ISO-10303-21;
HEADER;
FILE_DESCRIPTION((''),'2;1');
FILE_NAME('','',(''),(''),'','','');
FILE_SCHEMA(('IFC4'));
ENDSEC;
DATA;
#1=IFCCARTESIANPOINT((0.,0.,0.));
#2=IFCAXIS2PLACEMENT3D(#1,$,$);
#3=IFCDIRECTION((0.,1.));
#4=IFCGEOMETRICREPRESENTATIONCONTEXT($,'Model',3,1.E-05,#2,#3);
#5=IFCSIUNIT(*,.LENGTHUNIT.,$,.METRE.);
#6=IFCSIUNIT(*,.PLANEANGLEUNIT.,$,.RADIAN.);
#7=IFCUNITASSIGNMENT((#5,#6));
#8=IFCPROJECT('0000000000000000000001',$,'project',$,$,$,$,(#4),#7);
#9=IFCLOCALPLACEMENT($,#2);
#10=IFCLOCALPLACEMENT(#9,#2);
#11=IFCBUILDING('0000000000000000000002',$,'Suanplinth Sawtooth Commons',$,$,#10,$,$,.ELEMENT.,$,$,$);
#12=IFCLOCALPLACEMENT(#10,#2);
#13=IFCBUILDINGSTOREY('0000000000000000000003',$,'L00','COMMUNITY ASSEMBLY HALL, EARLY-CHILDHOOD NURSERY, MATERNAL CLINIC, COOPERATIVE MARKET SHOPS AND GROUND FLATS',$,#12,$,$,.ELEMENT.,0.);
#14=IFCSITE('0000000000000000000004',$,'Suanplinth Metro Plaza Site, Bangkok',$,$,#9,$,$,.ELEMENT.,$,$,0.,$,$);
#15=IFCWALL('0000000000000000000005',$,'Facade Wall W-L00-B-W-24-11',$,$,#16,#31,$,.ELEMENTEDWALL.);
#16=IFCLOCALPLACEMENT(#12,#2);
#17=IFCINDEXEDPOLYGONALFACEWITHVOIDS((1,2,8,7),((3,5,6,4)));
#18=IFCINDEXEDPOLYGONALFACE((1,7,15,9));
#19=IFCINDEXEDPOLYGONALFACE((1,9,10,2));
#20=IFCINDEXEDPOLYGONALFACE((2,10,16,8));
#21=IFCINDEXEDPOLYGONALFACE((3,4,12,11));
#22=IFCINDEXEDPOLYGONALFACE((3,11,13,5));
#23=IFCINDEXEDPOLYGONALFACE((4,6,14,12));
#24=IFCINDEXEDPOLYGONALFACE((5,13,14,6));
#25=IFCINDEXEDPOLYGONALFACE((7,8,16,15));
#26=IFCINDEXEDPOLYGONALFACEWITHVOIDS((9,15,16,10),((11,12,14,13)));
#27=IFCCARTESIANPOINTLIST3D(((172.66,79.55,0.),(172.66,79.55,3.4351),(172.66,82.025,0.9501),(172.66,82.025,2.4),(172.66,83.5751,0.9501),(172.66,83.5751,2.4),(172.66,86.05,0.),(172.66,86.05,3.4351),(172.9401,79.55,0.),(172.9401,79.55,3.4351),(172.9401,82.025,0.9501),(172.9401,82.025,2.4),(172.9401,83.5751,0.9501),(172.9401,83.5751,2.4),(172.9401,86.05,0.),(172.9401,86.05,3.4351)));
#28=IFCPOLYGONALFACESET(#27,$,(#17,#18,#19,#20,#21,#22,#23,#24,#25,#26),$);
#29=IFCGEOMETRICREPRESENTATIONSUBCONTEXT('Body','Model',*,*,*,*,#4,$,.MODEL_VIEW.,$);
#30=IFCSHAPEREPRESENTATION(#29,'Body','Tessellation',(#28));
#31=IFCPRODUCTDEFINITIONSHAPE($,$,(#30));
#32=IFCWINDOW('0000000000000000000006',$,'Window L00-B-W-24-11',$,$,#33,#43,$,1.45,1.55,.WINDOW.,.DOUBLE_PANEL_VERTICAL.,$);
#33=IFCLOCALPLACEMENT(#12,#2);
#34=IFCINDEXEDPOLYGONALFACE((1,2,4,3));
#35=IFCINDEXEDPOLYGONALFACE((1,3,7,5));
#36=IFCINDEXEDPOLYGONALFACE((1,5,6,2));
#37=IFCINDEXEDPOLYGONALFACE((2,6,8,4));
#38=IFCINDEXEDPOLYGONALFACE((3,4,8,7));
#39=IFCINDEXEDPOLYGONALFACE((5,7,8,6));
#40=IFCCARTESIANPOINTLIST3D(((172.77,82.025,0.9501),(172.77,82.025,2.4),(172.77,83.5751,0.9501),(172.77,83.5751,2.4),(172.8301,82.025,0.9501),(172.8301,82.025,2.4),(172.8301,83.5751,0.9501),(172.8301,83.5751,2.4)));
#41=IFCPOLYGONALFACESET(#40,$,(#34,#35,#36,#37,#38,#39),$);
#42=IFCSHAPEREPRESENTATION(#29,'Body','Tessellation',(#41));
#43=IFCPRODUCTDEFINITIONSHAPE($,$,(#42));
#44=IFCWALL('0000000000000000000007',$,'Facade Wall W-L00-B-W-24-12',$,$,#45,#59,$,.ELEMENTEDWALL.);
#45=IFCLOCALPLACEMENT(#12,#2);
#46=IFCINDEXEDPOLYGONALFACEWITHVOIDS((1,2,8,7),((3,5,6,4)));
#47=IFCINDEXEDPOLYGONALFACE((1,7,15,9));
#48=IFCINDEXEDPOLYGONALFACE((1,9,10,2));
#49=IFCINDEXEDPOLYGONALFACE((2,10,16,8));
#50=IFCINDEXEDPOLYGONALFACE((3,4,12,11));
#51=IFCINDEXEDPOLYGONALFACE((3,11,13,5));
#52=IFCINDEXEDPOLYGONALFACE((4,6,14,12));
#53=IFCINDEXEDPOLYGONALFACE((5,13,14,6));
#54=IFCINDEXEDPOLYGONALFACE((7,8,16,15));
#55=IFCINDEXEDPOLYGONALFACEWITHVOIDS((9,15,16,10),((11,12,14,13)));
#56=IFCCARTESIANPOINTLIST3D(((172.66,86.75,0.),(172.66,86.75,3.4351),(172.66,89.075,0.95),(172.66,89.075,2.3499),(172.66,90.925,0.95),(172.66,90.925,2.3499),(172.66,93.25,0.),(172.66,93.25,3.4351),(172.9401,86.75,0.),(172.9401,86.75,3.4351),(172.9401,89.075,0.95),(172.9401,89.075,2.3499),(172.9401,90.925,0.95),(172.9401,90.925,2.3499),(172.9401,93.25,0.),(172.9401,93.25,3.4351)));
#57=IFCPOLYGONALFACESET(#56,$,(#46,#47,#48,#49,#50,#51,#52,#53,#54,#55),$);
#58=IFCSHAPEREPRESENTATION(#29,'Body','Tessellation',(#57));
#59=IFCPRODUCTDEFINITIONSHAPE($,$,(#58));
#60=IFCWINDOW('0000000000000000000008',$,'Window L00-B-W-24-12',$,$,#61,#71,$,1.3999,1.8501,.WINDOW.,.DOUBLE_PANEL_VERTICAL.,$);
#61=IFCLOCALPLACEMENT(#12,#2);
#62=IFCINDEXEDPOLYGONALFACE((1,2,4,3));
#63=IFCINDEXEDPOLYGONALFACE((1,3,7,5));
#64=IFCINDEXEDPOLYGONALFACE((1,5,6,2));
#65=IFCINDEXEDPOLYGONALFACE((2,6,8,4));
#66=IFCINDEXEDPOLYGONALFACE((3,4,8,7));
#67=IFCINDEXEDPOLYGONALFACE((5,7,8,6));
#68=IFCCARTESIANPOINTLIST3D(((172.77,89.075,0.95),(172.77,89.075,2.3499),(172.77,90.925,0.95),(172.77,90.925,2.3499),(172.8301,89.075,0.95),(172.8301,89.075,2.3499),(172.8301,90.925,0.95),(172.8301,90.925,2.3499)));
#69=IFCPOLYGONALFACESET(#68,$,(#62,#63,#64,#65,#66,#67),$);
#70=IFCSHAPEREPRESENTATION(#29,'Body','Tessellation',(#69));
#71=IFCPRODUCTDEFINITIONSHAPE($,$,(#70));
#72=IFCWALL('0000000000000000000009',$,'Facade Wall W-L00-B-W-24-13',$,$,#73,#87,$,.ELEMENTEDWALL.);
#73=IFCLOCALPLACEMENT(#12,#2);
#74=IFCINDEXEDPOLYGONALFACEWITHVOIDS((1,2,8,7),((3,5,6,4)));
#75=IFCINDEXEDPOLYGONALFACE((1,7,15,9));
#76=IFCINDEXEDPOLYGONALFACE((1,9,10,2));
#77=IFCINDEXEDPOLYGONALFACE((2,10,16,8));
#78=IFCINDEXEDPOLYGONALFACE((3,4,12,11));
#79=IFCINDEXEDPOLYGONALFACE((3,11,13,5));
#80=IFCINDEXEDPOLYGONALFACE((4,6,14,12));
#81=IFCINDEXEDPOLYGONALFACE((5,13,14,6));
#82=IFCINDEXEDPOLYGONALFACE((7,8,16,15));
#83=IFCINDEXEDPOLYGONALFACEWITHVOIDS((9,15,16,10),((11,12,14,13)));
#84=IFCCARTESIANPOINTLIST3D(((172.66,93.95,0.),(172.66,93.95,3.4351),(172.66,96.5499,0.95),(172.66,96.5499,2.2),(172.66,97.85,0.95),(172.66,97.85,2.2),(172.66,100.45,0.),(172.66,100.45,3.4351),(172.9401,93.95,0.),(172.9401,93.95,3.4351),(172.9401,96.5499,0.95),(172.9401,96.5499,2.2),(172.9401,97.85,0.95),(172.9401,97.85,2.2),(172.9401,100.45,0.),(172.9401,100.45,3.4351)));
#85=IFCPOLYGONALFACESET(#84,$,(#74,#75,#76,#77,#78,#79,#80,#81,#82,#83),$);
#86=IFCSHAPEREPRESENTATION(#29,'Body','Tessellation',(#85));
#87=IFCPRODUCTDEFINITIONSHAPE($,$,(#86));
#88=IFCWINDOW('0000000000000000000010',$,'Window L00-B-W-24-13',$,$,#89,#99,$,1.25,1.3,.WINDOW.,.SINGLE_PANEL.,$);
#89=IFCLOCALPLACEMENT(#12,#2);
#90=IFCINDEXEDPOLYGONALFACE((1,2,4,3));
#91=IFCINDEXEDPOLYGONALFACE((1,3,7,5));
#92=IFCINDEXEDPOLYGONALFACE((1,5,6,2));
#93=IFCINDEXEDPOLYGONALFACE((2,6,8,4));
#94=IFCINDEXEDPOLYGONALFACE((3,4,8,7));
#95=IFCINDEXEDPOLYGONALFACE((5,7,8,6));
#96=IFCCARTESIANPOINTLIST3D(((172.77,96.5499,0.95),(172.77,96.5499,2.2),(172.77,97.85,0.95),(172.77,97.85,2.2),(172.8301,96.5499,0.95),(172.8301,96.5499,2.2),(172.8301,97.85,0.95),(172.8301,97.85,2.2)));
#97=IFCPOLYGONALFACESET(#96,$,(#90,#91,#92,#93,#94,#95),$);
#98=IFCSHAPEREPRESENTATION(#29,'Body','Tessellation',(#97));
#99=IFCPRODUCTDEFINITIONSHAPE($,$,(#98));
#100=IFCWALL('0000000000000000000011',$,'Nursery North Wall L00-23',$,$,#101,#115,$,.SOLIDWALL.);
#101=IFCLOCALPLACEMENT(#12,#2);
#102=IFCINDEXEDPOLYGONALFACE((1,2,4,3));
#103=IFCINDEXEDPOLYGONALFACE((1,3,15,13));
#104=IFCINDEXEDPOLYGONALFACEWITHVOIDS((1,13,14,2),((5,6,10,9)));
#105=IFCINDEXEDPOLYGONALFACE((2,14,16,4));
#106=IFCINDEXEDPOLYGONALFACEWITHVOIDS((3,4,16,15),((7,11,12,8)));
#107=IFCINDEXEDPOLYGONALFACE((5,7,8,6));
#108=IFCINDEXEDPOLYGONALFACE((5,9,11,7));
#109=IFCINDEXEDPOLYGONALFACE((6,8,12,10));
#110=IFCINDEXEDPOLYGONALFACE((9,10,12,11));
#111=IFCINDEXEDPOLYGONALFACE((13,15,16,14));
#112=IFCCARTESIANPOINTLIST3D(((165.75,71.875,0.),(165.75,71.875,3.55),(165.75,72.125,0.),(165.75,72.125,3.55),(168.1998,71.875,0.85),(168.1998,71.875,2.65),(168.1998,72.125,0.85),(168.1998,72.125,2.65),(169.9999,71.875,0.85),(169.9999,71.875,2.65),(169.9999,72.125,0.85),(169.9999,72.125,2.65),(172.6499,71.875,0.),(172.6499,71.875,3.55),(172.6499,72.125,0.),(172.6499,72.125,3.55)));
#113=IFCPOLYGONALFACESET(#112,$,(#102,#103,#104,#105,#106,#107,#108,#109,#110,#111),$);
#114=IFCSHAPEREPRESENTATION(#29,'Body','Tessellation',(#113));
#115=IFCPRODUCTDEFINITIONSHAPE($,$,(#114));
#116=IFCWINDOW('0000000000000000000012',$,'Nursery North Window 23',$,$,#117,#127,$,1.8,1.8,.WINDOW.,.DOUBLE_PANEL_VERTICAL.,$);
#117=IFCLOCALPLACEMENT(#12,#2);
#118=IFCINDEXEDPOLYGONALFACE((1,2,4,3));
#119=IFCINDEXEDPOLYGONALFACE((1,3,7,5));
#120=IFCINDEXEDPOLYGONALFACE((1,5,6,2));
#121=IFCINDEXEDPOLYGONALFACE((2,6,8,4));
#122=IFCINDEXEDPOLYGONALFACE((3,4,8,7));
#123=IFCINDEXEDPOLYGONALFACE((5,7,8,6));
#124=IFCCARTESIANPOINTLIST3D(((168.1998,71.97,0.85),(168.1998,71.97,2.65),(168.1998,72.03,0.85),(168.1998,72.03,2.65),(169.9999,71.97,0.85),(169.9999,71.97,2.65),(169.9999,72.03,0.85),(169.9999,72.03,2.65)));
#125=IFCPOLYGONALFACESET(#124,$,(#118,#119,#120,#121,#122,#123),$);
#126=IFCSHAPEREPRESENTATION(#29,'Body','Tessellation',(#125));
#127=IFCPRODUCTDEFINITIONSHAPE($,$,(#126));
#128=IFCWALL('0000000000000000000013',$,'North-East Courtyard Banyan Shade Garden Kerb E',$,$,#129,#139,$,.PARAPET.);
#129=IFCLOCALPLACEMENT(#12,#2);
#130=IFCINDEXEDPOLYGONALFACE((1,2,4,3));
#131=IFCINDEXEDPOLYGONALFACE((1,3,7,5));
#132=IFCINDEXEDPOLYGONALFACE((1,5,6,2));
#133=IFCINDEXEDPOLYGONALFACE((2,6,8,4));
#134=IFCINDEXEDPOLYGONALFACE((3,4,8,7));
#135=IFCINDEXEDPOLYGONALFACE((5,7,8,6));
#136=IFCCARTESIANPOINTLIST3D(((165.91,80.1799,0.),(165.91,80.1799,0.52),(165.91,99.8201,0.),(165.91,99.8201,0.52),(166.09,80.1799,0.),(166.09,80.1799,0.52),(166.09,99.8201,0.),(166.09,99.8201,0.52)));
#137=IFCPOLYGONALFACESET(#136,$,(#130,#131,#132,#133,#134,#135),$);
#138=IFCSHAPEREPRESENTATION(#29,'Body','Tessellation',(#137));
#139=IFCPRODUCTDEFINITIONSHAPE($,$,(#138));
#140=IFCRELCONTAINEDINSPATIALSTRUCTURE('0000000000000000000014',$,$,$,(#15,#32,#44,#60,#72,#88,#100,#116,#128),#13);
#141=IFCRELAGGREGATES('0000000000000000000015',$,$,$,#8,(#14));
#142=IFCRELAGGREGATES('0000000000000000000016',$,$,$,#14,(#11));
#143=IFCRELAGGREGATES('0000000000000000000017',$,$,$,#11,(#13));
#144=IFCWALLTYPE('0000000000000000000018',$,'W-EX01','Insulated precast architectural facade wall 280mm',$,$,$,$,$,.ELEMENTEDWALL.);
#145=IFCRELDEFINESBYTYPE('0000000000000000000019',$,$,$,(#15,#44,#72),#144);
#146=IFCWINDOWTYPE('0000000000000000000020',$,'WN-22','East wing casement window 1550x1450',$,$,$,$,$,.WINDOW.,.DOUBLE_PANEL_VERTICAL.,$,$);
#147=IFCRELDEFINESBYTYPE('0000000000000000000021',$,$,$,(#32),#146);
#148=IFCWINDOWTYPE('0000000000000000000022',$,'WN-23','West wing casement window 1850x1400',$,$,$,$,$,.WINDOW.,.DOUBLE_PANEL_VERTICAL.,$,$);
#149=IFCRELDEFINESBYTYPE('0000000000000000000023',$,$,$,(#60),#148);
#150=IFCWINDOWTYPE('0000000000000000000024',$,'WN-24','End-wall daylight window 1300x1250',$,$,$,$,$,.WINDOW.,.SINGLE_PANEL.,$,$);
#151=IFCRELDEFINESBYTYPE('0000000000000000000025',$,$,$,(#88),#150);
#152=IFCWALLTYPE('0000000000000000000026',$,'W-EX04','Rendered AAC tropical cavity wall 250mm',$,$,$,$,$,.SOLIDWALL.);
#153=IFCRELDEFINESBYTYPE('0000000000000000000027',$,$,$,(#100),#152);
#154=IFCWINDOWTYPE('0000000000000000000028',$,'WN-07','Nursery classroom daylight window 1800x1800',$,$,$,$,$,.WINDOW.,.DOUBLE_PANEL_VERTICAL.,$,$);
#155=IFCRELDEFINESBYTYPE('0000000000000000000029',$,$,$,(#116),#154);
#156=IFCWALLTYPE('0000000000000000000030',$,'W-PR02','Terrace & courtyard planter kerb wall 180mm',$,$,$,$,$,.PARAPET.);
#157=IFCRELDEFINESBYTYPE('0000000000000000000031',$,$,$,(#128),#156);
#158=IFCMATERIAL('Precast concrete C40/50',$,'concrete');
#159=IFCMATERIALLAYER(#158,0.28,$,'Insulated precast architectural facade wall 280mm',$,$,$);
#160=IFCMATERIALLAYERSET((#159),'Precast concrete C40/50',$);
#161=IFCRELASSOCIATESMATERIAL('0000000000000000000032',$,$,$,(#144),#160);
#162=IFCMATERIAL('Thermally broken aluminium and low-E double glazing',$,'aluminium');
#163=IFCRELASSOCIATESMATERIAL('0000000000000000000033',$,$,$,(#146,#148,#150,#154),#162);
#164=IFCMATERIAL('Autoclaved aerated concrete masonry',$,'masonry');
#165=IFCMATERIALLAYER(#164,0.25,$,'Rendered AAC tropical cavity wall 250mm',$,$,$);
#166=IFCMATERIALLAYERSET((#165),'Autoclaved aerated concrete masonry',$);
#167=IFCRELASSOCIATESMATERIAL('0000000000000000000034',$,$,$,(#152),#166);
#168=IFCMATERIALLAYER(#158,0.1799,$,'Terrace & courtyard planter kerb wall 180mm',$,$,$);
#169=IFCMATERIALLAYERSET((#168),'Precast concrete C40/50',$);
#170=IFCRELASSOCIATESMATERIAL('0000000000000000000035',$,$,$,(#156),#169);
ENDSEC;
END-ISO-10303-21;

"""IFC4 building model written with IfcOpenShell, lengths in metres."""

from ifc_helpers import new_model, si_unit, direction, frame, frame_2d, origin, place, context, subcontext, project, spatial, rectangle, extrude, material, layer, layer_set, type_object, element, fill, save


model = new_model("IFC4")

# Units and contexts
model_context = context("Model", 3, precision=1e-05, world=origin(), true_north=direction((0.0, 1.0)))
body_context = subcontext(model_context, "Body", "Model", "MODEL_VIEW")
ifc_project = project(units=[si_unit("LENGTHUNIT", "METRE"), si_unit("PLANEANGLEUNIT", "RADIAN")], contexts=[model_context])

# Site, building, storey
site_placement = place(None, origin())
site = spatial("IfcSite", under=ifc_project, at=site_placement, Name="Suanplinth Metro Plaza Site, Bangkok", CompositionType="ELEMENT", RefElevation=0.0)
building_placement = place(site_placement, origin())
building = spatial("IfcBuilding", under=site, at=building_placement, Name="Suanplinth Sawtooth Commons", CompositionType="ELEMENT")
storey_placement = place(building_placement, origin())
storey = spatial("IfcBuildingStorey", under=building, at=storey_placement, Name="L00", Description="COMMUNITY ASSEMBLY HALL, EARLY-CHILDHOOD NURSERY, MATERNAL CLINIC, COOPERATIVE MARKET SHOPS AND GROUND FLATS", CompositionType="ELEMENT", Elevation=0.0)

# Shared definitions
ifc_material_1 = material(Name="Precast concrete C40/50", Category="concrete")

# Walls, openings, windows
ifc_layer_1 = layer(ifc_material_1, 0.28, Name="Insulated precast architectural facade wall 280mm")
ifc_layer_set_1 = layer_set([ifc_layer_1], Name="Precast concrete C40/50")
wall_type_1 = type_object("IfcWallType", Name="W-EX01", Description="Insulated precast architectural facade wall 280mm", PredefinedType="ELEMENTEDWALL", material=ifc_layer_set_1)
ifc_material_2 = material(Name="Thermally broken aluminium and low-E double glazing", Category="aluminium")
window_type_1 = type_object("IfcWindowType", Name="WN-22", Description="East wing casement window 1550x1450", PartitioningType="DOUBLE_PANEL_VERTICAL", PredefinedType="WINDOW", material=ifc_material_2)
wall_1_placement = place(storey_placement, frame((172.8, 79.55, 0.0), z_axis=(0.0, 0.0, 1.0), x_axis=(0.0, 1.0, 0.0)))
wall_1 = element("IfcWall", 1, at=wall_1_placement, inside=storey, type_object=wall_type_1, Name="Facade Wall W-L00-B-W-24-11", PredefinedType="ELEMENTEDWALL", context=body_context, shape_type="SweptSolid", body=[
    extrude(rectangle(XDim=6.5, YDim=0.28, at=frame_2d((3.25, 0.0))), origin(), (0.0, 0.0, 1.0), 3.4351),
])
opening_1_placement = place(wall_1_placement, frame((2.4751, 0.0, 0.95)))
opening_1 = element("IfcOpeningElement", 2, at=opening_1_placement, cuts=wall_1, PredefinedType="OPENING", context=body_context, shape_type="SweptSolid", body=[
    extrude(rectangle(XDim=1.55, YDim=1.45, at=frame_2d((0.7749, 0.7251))), frame((0.0, 0.1548, 0.0), z_axis=(0.0, -1.0, 0.0), x_axis=(1.0, 0.0, 0.0)), (0.0, 0.0, 1.0), 0.3098),
])
window_1_placement = place(opening_1_placement, origin())
window_1 = element("IfcWindow", 3, at=window_1_placement, inside=storey, type_object=window_type_1, Name="Window L00-B-W-24-11", OverallHeight=1.45, OverallWidth=1.55, PartitioningType="DOUBLE_PANEL_VERTICAL", PredefinedType="WINDOW", context=body_context, shape_type="SweptSolid", body=[
    extrude(rectangle(XDim=1.55, YDim=1.45, at=frame_2d((0.7749, 0.7251))), frame((0.0, 0.03, 0.0), z_axis=(0.0, -1.0, 0.0), x_axis=(1.0, 0.0, 0.0)), (0.0, 0.0, 1.0), 0.0601),
])
fill(opening_1, window_1)
wall_2_placement = place(storey_placement, frame((172.8, 86.75, 0.0), z_axis=(0.0, 0.0, 1.0), x_axis=(0.0, 1.0, 0.0)))
wall_2 = element("IfcWall", 4, at=wall_2_placement, inside=storey, type_object=wall_type_1, Name="Facade Wall W-L00-B-W-24-12", PredefinedType="ELEMENTEDWALL", context=body_context, shape_type="SweptSolid", body=[
    extrude(rectangle(XDim=6.5, YDim=0.28, at=frame_2d((3.25, 0.0))), origin(), (0.0, 0.0, 1.0), 3.4351),
])
opening_2_placement = place(wall_2_placement, frame((2.325, 0.0, 0.95)))
opening_2 = element("IfcOpeningElement", 5, at=opening_2_placement, cuts=wall_2, PredefinedType="OPENING", context=body_context, shape_type="SweptSolid", body=[
    extrude(rectangle(XDim=1.8501, YDim=1.3999, at=frame_2d((0.925, 0.7))), frame((0.0, 0.1548, 0.0), z_axis=(0.0, -1.0, 0.0), x_axis=(1.0, 0.0, 0.0)), (0.0, 0.0, 1.0), 0.3098),
])
window_type_2 = type_object("IfcWindowType", Name="WN-23", Description="West wing casement window 1850x1400", PartitioningType="DOUBLE_PANEL_VERTICAL", PredefinedType="WINDOW", material=ifc_material_2)
window_2_placement = place(opening_2_placement, origin())
window_2 = element("IfcWindow", 6, at=window_2_placement, inside=storey, type_object=window_type_2, Name="Window L00-B-W-24-12", OverallHeight=1.3999, OverallWidth=1.8501, PartitioningType="DOUBLE_PANEL_VERTICAL", PredefinedType="WINDOW", context=body_context, shape_type="SweptSolid", body=[
    extrude(rectangle(XDim=1.8501, YDim=1.3999, at=frame_2d((0.925, 0.7))), frame((0.0, 0.03, 0.0), z_axis=(0.0, -1.0, 0.0), x_axis=(1.0, 0.0, 0.0)), (0.0, 0.0, 1.0), 0.0601),
])
fill(opening_2, window_2)
wall_3_placement = place(storey_placement, frame((172.8, 93.95, 0.0), z_axis=(0.0, 0.0, 1.0), x_axis=(0.0, 1.0, 0.0)))
wall_3 = element("IfcWall", 7, at=wall_3_placement, inside=storey, type_object=wall_type_1, Name="Facade Wall W-L00-B-W-24-13", PredefinedType="ELEMENTEDWALL", context=body_context, shape_type="SweptSolid", body=[
    extrude(rectangle(XDim=6.5, YDim=0.28, at=frame_2d((3.25, 0.0))), origin(), (0.0, 0.0, 1.0), 3.4351),
])
opening_3_placement = place(wall_3_placement, frame((2.6001, 0.0, 0.95)))
opening_3 = element("IfcOpeningElement", 8, at=opening_3_placement, cuts=wall_3, PredefinedType="OPENING", context=body_context, shape_type="SweptSolid", body=[
    extrude(rectangle(XDim=1.3, YDim=1.25, at=frame_2d((0.6499, 0.625))), frame((0.0, 0.1548, 0.0), z_axis=(0.0, -1.0, 0.0), x_axis=(1.0, 0.0, 0.0)), (0.0, 0.0, 1.0), 0.3098),
])
window_type_3 = type_object("IfcWindowType", Name="WN-24", Description="End-wall daylight window 1300x1250", PartitioningType="SINGLE_PANEL", PredefinedType="WINDOW", material=ifc_material_2)
window_3_placement = place(opening_3_placement, origin())
window_3 = element("IfcWindow", 9, at=window_3_placement, inside=storey, type_object=window_type_3, Name="Window L00-B-W-24-13", OverallHeight=1.25, OverallWidth=1.3, PartitioningType="SINGLE_PANEL", PredefinedType="WINDOW", context=body_context, shape_type="SweptSolid", body=[
    extrude(rectangle(XDim=1.3, YDim=1.25, at=frame_2d((0.6499, 0.625))), frame((0.0, 0.03, 0.0), z_axis=(0.0, -1.0, 0.0), x_axis=(1.0, 0.0, 0.0)), (0.0, 0.0, 1.0), 0.0601),
])
fill(opening_3, window_3)
ifc_material_3 = material(Name="Autoclaved aerated concrete masonry", Category="masonry")
ifc_layer_2 = layer(ifc_material_3, 0.25, Name="Rendered AAC tropical cavity wall 250mm")
ifc_layer_set_2 = layer_set([ifc_layer_2], Name="Autoclaved aerated concrete masonry")
wall_type_2 = type_object("IfcWallType", Name="W-EX04", Description="Rendered AAC tropical cavity wall 250mm", PredefinedType="SOLIDWALL", material=ifc_layer_set_2)
wall_4_placement = place(storey_placement, frame((165.75, 72.0, 0.0), z_axis=(0.0, 0.0, 1.0), x_axis=(1.0, 0.0, 0.0)))
wall_4 = element("IfcWall", 10, at=wall_4_placement, inside=storey, type_object=wall_type_2, Name="Nursery North Wall L00-23", PredefinedType="SOLIDWALL", context=body_context, shape_type="SweptSolid", body=[
    extrude(rectangle(XDim=6.8999, YDim=0.25, at=frame_2d((3.45, 0.0))), origin(), (0.0, 0.0, 1.0), 3.55),
])
opening_4_placement = place(wall_4_placement, frame((2.45, 0.0, 0.8501)))
opening_4 = element("IfcOpeningElement", 11, at=opening_4_placement, cuts=wall_4, PredefinedType="OPENING", context=body_context, shape_type="SweptSolid", body=[
    extrude(rectangle(XDim=1.8, YDim=1.8, at=frame_2d((0.8999, 0.8999))), frame((0.0, 0.1399, 0.0), z_axis=(0.0, -1.0, 0.0), x_axis=(1.0, 0.0, 0.0)), (0.0, 0.0, 1.0), 0.2798),
])
window_type_4 = type_object("IfcWindowType", Name="WN-07", Description="Nursery classroom daylight window 1800x1800", PartitioningType="DOUBLE_PANEL_VERTICAL", PredefinedType="WINDOW", material=ifc_material_2)
window_4_placement = place(opening_4_placement, origin())
window_4 = element("IfcWindow", 12, at=window_4_placement, inside=storey, type_object=window_type_4, Name="Nursery North Window 23", OverallHeight=1.8, OverallWidth=1.8, PartitioningType="DOUBLE_PANEL_VERTICAL", PredefinedType="WINDOW", context=body_context, shape_type="SweptSolid", body=[
    extrude(rectangle(XDim=1.8, YDim=1.8, at=frame_2d((0.8999, 0.8999))), frame((0.0, 0.03, 0.0), z_axis=(0.0, -1.0, 0.0), x_axis=(1.0, 0.0, 0.0)), (0.0, 0.0, 1.0), 0.0601),
])
fill(opening_4, window_4)

# Wall
ifc_layer_3 = layer(ifc_material_1, 0.1799, Name="Terrace & courtyard planter kerb wall 180mm")
ifc_layer_set_3 = layer_set([ifc_layer_3], Name="Precast concrete C40/50")
wall_type_3 = type_object("IfcWallType", Name="W-PR02", Description="Terrace & courtyard planter kerb wall 180mm", PredefinedType="PARAPET", material=ifc_layer_set_3)
wall_5_placement = place(storey_placement, frame((166.0, 80.1799, 0.0), z_axis=(0.0, 0.0, 1.0), x_axis=(0.0, 1.0, 0.0)))
element("IfcWall", 13, at=wall_5_placement, inside=storey, type_object=wall_type_3, Name="North-East Courtyard Banyan Shade Garden Kerb E", PredefinedType="PARAPET", context=body_context, shape_type="SweptSolid", body=[
    extrude(rectangle(XDim=19.6401, YDim=0.1799, at=frame_2d((9.8201, 0.0))), origin(), (0.0, 0.0, 1.0), 0.52),
])

save(model, "model.ifc")
